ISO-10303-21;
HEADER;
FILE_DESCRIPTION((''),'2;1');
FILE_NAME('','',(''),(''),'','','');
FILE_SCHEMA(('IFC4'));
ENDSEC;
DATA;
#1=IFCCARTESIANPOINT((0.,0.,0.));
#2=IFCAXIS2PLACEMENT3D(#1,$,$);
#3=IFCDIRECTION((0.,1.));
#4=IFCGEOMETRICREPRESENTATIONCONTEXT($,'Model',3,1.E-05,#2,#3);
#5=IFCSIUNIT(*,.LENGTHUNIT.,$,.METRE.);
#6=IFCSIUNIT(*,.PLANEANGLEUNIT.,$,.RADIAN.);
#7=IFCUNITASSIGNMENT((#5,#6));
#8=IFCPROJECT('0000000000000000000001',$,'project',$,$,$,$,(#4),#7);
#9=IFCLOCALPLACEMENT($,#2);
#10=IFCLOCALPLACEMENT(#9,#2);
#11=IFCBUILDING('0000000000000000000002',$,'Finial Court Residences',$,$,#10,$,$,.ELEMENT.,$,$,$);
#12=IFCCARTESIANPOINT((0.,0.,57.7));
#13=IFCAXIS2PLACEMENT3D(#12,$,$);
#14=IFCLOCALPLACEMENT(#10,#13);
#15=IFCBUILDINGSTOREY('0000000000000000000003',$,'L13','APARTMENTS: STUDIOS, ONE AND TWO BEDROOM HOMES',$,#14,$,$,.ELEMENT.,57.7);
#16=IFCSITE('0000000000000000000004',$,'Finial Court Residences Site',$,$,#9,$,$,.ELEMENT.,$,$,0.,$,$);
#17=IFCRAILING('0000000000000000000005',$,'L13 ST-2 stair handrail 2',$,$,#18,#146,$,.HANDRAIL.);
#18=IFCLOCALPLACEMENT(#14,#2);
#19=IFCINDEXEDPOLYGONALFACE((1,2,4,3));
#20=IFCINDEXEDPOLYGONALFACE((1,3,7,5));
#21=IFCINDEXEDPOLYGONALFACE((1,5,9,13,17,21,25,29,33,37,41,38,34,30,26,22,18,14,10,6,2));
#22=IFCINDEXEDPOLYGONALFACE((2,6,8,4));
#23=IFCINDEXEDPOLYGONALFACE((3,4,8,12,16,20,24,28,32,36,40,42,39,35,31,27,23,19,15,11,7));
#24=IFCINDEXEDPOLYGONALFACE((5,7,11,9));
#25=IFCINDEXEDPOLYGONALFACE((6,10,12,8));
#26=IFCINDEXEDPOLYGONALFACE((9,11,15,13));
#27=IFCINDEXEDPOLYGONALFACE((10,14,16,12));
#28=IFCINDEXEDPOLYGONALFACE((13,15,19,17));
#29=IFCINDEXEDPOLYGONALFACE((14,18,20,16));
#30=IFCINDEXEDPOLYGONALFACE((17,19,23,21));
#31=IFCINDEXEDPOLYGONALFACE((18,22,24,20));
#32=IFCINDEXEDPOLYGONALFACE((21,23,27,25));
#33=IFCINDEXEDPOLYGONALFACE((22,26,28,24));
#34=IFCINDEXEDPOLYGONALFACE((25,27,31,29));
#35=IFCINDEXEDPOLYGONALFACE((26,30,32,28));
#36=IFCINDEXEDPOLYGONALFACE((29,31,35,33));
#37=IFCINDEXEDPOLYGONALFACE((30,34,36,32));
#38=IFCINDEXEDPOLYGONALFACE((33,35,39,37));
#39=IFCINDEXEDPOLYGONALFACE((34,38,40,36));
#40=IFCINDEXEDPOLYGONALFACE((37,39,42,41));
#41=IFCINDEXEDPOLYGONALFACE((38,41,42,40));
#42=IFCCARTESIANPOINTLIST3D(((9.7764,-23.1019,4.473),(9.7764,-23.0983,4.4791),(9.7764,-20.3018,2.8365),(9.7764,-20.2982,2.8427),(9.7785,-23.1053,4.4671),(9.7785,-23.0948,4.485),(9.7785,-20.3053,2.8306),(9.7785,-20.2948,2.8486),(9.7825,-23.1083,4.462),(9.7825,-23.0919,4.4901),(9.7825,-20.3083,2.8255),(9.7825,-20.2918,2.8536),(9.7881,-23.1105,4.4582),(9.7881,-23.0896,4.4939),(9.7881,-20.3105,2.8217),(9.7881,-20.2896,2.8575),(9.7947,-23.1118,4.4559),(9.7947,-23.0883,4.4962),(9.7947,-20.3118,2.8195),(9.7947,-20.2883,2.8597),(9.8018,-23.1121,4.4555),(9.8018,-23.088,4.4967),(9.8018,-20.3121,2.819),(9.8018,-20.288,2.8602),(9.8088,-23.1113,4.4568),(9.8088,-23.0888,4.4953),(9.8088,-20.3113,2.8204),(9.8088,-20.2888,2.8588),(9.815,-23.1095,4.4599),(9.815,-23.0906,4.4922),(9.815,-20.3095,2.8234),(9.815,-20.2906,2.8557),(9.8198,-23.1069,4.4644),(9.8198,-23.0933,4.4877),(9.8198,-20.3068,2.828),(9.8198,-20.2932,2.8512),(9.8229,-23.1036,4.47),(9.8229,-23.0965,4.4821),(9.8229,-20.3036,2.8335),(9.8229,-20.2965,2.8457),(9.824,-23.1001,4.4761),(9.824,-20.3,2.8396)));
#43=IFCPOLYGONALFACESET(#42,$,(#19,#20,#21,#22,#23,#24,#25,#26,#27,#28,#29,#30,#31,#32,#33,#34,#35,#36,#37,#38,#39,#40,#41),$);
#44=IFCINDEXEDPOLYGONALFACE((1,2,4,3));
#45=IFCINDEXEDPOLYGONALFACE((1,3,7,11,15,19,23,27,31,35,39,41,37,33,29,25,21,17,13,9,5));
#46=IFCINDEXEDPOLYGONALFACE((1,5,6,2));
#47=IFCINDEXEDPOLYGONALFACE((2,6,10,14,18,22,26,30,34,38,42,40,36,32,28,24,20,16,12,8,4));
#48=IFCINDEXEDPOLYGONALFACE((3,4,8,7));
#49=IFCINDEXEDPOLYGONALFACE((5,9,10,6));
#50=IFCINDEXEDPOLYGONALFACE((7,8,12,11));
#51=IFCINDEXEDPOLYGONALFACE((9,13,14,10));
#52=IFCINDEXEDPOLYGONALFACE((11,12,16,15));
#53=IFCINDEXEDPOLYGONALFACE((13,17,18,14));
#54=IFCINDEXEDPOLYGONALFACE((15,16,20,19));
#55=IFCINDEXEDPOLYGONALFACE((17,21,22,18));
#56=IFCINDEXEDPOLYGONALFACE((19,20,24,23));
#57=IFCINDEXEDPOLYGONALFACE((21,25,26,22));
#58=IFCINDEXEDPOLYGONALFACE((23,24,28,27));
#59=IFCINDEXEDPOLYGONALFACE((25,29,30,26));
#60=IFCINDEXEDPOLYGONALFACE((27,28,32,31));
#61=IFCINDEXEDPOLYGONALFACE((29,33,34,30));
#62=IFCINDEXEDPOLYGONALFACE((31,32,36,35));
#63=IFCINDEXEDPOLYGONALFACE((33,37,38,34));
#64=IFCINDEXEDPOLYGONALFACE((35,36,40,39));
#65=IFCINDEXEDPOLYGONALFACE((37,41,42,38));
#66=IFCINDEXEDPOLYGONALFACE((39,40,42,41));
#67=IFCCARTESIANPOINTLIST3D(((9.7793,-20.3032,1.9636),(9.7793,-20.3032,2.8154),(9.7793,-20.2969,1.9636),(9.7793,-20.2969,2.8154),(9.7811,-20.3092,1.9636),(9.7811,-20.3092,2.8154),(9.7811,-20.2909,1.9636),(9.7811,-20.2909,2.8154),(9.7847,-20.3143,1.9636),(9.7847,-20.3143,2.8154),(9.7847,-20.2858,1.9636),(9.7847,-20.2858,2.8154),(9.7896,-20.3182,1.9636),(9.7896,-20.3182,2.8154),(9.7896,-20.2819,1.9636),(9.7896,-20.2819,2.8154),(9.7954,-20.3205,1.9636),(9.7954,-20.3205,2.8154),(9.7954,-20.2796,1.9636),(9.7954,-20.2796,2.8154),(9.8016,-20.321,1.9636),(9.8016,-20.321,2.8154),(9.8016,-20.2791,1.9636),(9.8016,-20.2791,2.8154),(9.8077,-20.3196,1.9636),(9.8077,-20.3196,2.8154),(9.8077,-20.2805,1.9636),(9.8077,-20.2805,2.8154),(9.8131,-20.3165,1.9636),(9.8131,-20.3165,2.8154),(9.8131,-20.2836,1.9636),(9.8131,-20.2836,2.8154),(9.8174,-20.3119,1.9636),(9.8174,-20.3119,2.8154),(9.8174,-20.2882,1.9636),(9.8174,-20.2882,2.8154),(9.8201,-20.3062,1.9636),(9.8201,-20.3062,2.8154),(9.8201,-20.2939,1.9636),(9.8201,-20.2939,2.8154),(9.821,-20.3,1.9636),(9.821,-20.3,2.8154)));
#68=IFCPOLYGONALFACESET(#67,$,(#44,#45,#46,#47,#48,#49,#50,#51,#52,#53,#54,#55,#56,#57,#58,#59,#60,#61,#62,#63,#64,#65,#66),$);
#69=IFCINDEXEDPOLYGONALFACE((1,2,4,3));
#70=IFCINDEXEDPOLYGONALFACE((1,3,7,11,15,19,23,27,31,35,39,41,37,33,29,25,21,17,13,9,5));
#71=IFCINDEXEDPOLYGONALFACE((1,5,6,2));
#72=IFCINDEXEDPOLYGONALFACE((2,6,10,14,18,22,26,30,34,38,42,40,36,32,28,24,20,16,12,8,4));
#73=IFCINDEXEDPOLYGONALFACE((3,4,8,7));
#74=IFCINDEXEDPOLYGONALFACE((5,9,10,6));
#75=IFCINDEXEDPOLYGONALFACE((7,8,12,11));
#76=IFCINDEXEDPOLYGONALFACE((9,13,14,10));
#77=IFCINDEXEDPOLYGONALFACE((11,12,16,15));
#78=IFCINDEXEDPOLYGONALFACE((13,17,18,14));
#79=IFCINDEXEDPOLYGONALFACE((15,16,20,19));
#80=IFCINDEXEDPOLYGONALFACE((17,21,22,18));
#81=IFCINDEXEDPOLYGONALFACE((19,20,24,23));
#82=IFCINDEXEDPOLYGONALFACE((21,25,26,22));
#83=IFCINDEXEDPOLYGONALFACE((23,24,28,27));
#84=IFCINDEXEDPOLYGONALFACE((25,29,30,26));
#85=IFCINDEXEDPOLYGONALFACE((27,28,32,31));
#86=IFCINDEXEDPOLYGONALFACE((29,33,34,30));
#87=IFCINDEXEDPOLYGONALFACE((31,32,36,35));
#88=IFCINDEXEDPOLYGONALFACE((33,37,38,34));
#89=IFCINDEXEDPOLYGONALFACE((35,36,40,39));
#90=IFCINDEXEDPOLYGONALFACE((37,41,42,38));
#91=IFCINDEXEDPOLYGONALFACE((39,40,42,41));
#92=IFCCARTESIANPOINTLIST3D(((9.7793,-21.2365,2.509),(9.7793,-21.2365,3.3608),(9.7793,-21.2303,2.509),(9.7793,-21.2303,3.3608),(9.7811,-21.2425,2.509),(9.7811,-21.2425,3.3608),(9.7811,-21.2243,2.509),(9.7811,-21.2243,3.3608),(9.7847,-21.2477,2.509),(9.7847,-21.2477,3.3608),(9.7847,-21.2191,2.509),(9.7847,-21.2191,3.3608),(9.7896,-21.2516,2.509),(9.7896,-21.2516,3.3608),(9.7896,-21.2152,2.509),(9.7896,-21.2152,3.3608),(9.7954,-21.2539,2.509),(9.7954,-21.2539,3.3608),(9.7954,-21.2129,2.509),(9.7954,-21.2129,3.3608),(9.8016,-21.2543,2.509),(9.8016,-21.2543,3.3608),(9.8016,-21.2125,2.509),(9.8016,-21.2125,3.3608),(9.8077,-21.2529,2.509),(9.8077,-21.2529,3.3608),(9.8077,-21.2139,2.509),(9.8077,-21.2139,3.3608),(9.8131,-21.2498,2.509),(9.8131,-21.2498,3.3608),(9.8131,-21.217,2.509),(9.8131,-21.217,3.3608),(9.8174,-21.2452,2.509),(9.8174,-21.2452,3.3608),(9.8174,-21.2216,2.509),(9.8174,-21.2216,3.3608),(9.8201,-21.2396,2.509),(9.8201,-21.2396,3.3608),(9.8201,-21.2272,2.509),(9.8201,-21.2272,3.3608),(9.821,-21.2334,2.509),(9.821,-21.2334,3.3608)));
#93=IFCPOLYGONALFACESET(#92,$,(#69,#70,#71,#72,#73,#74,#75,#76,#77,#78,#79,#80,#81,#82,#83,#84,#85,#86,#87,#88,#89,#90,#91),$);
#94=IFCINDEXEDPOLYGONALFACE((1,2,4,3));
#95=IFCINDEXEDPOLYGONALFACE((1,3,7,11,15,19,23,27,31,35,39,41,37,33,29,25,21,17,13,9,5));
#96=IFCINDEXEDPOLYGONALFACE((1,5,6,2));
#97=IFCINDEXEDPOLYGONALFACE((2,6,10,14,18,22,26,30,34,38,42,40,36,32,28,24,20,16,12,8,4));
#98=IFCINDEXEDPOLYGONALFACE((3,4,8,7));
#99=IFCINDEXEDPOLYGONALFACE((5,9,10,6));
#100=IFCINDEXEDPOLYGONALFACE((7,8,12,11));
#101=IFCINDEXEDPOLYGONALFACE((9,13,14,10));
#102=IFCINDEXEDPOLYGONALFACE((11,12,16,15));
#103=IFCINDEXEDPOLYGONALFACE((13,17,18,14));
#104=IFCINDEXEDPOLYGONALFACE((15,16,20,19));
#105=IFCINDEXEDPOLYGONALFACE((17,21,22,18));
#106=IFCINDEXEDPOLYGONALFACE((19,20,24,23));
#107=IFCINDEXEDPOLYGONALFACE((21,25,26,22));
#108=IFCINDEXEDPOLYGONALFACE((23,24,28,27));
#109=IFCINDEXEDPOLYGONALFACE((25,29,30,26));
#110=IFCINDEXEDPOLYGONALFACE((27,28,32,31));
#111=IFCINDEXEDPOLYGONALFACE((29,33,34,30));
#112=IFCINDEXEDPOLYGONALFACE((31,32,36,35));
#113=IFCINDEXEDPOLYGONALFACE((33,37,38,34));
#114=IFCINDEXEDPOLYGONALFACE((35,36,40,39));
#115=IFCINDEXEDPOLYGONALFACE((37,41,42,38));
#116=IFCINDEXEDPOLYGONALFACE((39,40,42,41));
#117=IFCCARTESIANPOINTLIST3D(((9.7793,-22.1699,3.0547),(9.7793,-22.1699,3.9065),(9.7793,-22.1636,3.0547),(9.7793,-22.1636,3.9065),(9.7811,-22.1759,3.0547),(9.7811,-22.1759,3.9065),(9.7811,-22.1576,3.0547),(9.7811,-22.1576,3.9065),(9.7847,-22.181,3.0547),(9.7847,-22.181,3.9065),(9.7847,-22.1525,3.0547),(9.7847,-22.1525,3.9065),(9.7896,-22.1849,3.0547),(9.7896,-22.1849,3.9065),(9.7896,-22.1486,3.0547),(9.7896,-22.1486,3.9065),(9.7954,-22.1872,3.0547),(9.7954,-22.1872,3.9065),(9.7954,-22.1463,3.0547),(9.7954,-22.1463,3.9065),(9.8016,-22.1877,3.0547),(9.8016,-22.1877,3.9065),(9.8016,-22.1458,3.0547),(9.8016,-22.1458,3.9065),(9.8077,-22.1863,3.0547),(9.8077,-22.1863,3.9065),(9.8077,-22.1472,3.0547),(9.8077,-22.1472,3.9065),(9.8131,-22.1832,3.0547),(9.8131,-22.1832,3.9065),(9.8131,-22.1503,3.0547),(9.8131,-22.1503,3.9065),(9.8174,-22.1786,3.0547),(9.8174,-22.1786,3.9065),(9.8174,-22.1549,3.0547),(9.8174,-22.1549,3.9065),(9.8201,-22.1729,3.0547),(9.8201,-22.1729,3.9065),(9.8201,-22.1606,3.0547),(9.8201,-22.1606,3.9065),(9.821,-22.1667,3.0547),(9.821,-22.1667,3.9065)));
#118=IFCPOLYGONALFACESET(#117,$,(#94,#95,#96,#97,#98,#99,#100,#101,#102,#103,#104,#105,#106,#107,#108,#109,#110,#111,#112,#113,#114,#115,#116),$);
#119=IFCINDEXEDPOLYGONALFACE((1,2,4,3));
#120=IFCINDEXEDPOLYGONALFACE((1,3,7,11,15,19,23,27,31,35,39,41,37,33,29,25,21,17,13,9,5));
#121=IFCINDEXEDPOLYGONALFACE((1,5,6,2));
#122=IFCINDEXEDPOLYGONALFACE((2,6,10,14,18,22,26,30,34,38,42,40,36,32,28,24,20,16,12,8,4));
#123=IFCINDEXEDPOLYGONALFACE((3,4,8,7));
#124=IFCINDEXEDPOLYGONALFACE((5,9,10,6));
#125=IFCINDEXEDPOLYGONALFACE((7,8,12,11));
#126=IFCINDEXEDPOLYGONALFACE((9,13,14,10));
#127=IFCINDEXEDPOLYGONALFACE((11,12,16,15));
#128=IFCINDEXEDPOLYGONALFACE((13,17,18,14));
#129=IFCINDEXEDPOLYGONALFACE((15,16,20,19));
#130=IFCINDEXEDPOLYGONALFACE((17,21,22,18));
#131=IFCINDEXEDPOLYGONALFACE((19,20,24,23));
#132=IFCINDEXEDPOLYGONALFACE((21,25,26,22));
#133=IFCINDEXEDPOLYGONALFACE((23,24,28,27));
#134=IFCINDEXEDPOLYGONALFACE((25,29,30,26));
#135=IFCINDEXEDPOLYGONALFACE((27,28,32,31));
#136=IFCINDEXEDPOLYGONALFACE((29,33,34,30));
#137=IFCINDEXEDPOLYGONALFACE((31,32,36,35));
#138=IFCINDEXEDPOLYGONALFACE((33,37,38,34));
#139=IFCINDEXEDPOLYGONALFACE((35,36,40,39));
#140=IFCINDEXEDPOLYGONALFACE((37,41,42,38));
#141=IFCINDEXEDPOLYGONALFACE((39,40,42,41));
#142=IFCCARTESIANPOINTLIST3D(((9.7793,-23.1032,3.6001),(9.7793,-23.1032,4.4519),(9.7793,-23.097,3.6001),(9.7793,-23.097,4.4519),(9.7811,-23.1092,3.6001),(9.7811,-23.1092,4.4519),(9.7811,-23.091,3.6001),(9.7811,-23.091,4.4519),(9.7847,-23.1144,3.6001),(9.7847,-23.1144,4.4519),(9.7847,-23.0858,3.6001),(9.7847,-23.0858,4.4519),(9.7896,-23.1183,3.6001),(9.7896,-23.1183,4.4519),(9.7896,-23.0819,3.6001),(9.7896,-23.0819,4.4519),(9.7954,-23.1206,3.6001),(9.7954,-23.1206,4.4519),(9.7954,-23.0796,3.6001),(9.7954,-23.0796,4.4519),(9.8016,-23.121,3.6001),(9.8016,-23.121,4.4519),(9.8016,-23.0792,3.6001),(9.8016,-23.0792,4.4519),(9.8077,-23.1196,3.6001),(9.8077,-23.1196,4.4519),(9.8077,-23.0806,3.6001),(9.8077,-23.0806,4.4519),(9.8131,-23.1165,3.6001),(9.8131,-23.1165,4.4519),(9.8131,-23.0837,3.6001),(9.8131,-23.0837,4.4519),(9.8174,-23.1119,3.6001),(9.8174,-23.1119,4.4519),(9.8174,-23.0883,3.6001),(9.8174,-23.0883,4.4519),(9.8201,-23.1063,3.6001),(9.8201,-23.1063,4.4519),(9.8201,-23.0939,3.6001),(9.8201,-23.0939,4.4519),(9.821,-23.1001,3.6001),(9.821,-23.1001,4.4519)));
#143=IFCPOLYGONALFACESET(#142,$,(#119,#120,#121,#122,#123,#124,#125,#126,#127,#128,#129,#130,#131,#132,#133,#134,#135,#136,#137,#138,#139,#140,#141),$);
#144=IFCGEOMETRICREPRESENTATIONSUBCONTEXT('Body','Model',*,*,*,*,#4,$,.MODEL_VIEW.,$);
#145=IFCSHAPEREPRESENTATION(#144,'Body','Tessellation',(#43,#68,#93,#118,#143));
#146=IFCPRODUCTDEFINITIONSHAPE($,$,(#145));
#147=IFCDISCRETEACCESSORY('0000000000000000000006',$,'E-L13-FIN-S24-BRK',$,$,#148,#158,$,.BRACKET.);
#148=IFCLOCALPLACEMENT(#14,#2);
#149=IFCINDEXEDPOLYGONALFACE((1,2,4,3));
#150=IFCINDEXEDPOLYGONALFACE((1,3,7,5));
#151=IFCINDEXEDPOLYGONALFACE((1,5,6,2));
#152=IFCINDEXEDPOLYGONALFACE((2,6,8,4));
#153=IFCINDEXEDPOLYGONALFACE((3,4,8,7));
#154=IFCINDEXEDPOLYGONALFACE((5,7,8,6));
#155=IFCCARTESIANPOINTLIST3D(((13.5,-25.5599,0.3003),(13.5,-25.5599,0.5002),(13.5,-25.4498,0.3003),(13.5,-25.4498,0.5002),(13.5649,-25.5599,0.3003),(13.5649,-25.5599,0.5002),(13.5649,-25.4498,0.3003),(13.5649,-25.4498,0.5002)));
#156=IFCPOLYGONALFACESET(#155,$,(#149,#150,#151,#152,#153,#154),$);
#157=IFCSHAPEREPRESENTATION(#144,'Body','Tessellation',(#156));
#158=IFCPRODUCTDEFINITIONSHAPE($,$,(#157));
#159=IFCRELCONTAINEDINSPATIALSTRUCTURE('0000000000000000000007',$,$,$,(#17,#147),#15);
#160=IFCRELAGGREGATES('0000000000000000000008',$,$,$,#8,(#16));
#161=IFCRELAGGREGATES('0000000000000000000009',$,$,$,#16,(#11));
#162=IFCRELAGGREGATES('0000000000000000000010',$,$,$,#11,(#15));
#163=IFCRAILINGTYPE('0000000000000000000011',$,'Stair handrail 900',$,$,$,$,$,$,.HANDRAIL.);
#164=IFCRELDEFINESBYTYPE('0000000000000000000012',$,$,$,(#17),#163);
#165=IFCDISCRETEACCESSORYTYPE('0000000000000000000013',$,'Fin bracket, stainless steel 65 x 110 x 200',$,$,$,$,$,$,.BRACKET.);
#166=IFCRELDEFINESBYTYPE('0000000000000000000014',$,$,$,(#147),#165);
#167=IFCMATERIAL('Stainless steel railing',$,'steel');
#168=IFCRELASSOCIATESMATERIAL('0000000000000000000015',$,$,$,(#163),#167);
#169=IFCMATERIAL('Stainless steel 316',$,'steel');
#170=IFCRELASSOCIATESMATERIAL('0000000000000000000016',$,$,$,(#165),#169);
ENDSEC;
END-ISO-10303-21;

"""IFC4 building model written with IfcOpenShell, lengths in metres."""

from ifc_helpers import new_model, si_unit, direction, frame, origin, origin_2d, place, context, subcontext, project, spatial, rectangle, circle, extrude, material, type_object, element, save


model = new_model("IFC4")

# Units and contexts
model_context = context("Model", 3, precision=1e-05, world=origin(), true_north=direction((0.0, 1.0)))
body_context = subcontext(model_context, "Body", "Model", "MODEL_VIEW")
ifc_project = project(units=[si_unit("LENGTHUNIT", "METRE"), si_unit("PLANEANGLEUNIT", "RADIAN")], contexts=[model_context])

# Site, building, storey
site_placement = place(None, origin())
site = spatial("IfcSite", under=ifc_project, at=site_placement, Name="Finial Court Residences Site", CompositionType="ELEMENT", RefElevation=0.0)
building_placement = place(site_placement, origin())
building = spatial("IfcBuilding", under=site, at=building_placement, Name="Finial Court Residences", CompositionType="ELEMENT")
storey_placement = place(building_placement, frame((0.0, 0.0, 57.7)))
storey = spatial("IfcBuildingStorey", under=building, at=storey_placement, Name="L13", Description="APARTMENTS: STUDIOS, ONE AND TWO BEDROOM HOMES", CompositionType="ELEMENT", Elevation=57.7)

# Railing
ifc_material_1 = material(Name="Stainless steel railing", Category="steel")
railing_type_1 = type_object("IfcRailingType", Name="Stair handrail 900", PredefinedType="HANDRAIL", material=ifc_material_1)
railing_1_placement = place(storey_placement, frame((9.8, -20.3, 1.9636)))
element("IfcRailing", 1, at=railing_1_placement, inside=storey, type_object=railing_type_1, Name="L13 ST-2 stair handrail 2", PredefinedType="HANDRAIL", context=body_context, shape_type="SweptSolid", body=[
    extrude(circle(Radius=0.0239, at=origin_2d()), frame((0.0, 0.0, 0.876), z_axis=(0.0, -0.863361, 0.504587), x_axis=(1.0, 0.0, 0.0)), (0.0, 0.0, 1.0), 3.2432),
    extrude(circle(Radius=0.021, at=origin_2d()), origin(), (0.0, 0.0, 1.0), 0.8518),
    extrude(circle(Radius=0.021, at=origin_2d()), frame((0.0, -0.9333, 0.5454)), (0.0, 0.0, 1.0), 0.8518),
    extrude(circle(Radius=0.021, at=origin_2d()), frame((0.0, -1.8667, 1.0911)), (0.0, 0.0, 1.0), 0.8518),
    extrude(circle(Radius=0.021, at=origin_2d()), frame((0.0, -2.8, 1.6365)), (0.0, 0.0, 1.0), 0.8518),
])

# Discrete accessory
ifc_material_2 = material(Name="Stainless steel 316", Category="steel")
discrete_accessory_type = type_object("IfcDiscreteAccessoryType", Name="Fin bracket, stainless steel 65 x 110 x 200", PredefinedType="BRACKET", material=ifc_material_2)
discrete_accessory_placement = place(storey_placement, frame((13.5325, -25.5049, 0.3003), z_axis=(0.0, 0.0, 1.0), x_axis=(1.0, 0.0, 0.0)))
element("IfcDiscreteAccessory", 2, at=discrete_accessory_placement, inside=storey, type_object=discrete_accessory_type, Name="E-L13-FIN-S24-BRK", PredefinedType="BRACKET", context=body_context, shape_type="SweptSolid", body=[
    extrude(rectangle(XDim=0.0649, YDim=0.1101, at=origin_2d()), origin(), (0.0, 0.0, 1.0), 0.2),
])

save(model, "model.ifc")
